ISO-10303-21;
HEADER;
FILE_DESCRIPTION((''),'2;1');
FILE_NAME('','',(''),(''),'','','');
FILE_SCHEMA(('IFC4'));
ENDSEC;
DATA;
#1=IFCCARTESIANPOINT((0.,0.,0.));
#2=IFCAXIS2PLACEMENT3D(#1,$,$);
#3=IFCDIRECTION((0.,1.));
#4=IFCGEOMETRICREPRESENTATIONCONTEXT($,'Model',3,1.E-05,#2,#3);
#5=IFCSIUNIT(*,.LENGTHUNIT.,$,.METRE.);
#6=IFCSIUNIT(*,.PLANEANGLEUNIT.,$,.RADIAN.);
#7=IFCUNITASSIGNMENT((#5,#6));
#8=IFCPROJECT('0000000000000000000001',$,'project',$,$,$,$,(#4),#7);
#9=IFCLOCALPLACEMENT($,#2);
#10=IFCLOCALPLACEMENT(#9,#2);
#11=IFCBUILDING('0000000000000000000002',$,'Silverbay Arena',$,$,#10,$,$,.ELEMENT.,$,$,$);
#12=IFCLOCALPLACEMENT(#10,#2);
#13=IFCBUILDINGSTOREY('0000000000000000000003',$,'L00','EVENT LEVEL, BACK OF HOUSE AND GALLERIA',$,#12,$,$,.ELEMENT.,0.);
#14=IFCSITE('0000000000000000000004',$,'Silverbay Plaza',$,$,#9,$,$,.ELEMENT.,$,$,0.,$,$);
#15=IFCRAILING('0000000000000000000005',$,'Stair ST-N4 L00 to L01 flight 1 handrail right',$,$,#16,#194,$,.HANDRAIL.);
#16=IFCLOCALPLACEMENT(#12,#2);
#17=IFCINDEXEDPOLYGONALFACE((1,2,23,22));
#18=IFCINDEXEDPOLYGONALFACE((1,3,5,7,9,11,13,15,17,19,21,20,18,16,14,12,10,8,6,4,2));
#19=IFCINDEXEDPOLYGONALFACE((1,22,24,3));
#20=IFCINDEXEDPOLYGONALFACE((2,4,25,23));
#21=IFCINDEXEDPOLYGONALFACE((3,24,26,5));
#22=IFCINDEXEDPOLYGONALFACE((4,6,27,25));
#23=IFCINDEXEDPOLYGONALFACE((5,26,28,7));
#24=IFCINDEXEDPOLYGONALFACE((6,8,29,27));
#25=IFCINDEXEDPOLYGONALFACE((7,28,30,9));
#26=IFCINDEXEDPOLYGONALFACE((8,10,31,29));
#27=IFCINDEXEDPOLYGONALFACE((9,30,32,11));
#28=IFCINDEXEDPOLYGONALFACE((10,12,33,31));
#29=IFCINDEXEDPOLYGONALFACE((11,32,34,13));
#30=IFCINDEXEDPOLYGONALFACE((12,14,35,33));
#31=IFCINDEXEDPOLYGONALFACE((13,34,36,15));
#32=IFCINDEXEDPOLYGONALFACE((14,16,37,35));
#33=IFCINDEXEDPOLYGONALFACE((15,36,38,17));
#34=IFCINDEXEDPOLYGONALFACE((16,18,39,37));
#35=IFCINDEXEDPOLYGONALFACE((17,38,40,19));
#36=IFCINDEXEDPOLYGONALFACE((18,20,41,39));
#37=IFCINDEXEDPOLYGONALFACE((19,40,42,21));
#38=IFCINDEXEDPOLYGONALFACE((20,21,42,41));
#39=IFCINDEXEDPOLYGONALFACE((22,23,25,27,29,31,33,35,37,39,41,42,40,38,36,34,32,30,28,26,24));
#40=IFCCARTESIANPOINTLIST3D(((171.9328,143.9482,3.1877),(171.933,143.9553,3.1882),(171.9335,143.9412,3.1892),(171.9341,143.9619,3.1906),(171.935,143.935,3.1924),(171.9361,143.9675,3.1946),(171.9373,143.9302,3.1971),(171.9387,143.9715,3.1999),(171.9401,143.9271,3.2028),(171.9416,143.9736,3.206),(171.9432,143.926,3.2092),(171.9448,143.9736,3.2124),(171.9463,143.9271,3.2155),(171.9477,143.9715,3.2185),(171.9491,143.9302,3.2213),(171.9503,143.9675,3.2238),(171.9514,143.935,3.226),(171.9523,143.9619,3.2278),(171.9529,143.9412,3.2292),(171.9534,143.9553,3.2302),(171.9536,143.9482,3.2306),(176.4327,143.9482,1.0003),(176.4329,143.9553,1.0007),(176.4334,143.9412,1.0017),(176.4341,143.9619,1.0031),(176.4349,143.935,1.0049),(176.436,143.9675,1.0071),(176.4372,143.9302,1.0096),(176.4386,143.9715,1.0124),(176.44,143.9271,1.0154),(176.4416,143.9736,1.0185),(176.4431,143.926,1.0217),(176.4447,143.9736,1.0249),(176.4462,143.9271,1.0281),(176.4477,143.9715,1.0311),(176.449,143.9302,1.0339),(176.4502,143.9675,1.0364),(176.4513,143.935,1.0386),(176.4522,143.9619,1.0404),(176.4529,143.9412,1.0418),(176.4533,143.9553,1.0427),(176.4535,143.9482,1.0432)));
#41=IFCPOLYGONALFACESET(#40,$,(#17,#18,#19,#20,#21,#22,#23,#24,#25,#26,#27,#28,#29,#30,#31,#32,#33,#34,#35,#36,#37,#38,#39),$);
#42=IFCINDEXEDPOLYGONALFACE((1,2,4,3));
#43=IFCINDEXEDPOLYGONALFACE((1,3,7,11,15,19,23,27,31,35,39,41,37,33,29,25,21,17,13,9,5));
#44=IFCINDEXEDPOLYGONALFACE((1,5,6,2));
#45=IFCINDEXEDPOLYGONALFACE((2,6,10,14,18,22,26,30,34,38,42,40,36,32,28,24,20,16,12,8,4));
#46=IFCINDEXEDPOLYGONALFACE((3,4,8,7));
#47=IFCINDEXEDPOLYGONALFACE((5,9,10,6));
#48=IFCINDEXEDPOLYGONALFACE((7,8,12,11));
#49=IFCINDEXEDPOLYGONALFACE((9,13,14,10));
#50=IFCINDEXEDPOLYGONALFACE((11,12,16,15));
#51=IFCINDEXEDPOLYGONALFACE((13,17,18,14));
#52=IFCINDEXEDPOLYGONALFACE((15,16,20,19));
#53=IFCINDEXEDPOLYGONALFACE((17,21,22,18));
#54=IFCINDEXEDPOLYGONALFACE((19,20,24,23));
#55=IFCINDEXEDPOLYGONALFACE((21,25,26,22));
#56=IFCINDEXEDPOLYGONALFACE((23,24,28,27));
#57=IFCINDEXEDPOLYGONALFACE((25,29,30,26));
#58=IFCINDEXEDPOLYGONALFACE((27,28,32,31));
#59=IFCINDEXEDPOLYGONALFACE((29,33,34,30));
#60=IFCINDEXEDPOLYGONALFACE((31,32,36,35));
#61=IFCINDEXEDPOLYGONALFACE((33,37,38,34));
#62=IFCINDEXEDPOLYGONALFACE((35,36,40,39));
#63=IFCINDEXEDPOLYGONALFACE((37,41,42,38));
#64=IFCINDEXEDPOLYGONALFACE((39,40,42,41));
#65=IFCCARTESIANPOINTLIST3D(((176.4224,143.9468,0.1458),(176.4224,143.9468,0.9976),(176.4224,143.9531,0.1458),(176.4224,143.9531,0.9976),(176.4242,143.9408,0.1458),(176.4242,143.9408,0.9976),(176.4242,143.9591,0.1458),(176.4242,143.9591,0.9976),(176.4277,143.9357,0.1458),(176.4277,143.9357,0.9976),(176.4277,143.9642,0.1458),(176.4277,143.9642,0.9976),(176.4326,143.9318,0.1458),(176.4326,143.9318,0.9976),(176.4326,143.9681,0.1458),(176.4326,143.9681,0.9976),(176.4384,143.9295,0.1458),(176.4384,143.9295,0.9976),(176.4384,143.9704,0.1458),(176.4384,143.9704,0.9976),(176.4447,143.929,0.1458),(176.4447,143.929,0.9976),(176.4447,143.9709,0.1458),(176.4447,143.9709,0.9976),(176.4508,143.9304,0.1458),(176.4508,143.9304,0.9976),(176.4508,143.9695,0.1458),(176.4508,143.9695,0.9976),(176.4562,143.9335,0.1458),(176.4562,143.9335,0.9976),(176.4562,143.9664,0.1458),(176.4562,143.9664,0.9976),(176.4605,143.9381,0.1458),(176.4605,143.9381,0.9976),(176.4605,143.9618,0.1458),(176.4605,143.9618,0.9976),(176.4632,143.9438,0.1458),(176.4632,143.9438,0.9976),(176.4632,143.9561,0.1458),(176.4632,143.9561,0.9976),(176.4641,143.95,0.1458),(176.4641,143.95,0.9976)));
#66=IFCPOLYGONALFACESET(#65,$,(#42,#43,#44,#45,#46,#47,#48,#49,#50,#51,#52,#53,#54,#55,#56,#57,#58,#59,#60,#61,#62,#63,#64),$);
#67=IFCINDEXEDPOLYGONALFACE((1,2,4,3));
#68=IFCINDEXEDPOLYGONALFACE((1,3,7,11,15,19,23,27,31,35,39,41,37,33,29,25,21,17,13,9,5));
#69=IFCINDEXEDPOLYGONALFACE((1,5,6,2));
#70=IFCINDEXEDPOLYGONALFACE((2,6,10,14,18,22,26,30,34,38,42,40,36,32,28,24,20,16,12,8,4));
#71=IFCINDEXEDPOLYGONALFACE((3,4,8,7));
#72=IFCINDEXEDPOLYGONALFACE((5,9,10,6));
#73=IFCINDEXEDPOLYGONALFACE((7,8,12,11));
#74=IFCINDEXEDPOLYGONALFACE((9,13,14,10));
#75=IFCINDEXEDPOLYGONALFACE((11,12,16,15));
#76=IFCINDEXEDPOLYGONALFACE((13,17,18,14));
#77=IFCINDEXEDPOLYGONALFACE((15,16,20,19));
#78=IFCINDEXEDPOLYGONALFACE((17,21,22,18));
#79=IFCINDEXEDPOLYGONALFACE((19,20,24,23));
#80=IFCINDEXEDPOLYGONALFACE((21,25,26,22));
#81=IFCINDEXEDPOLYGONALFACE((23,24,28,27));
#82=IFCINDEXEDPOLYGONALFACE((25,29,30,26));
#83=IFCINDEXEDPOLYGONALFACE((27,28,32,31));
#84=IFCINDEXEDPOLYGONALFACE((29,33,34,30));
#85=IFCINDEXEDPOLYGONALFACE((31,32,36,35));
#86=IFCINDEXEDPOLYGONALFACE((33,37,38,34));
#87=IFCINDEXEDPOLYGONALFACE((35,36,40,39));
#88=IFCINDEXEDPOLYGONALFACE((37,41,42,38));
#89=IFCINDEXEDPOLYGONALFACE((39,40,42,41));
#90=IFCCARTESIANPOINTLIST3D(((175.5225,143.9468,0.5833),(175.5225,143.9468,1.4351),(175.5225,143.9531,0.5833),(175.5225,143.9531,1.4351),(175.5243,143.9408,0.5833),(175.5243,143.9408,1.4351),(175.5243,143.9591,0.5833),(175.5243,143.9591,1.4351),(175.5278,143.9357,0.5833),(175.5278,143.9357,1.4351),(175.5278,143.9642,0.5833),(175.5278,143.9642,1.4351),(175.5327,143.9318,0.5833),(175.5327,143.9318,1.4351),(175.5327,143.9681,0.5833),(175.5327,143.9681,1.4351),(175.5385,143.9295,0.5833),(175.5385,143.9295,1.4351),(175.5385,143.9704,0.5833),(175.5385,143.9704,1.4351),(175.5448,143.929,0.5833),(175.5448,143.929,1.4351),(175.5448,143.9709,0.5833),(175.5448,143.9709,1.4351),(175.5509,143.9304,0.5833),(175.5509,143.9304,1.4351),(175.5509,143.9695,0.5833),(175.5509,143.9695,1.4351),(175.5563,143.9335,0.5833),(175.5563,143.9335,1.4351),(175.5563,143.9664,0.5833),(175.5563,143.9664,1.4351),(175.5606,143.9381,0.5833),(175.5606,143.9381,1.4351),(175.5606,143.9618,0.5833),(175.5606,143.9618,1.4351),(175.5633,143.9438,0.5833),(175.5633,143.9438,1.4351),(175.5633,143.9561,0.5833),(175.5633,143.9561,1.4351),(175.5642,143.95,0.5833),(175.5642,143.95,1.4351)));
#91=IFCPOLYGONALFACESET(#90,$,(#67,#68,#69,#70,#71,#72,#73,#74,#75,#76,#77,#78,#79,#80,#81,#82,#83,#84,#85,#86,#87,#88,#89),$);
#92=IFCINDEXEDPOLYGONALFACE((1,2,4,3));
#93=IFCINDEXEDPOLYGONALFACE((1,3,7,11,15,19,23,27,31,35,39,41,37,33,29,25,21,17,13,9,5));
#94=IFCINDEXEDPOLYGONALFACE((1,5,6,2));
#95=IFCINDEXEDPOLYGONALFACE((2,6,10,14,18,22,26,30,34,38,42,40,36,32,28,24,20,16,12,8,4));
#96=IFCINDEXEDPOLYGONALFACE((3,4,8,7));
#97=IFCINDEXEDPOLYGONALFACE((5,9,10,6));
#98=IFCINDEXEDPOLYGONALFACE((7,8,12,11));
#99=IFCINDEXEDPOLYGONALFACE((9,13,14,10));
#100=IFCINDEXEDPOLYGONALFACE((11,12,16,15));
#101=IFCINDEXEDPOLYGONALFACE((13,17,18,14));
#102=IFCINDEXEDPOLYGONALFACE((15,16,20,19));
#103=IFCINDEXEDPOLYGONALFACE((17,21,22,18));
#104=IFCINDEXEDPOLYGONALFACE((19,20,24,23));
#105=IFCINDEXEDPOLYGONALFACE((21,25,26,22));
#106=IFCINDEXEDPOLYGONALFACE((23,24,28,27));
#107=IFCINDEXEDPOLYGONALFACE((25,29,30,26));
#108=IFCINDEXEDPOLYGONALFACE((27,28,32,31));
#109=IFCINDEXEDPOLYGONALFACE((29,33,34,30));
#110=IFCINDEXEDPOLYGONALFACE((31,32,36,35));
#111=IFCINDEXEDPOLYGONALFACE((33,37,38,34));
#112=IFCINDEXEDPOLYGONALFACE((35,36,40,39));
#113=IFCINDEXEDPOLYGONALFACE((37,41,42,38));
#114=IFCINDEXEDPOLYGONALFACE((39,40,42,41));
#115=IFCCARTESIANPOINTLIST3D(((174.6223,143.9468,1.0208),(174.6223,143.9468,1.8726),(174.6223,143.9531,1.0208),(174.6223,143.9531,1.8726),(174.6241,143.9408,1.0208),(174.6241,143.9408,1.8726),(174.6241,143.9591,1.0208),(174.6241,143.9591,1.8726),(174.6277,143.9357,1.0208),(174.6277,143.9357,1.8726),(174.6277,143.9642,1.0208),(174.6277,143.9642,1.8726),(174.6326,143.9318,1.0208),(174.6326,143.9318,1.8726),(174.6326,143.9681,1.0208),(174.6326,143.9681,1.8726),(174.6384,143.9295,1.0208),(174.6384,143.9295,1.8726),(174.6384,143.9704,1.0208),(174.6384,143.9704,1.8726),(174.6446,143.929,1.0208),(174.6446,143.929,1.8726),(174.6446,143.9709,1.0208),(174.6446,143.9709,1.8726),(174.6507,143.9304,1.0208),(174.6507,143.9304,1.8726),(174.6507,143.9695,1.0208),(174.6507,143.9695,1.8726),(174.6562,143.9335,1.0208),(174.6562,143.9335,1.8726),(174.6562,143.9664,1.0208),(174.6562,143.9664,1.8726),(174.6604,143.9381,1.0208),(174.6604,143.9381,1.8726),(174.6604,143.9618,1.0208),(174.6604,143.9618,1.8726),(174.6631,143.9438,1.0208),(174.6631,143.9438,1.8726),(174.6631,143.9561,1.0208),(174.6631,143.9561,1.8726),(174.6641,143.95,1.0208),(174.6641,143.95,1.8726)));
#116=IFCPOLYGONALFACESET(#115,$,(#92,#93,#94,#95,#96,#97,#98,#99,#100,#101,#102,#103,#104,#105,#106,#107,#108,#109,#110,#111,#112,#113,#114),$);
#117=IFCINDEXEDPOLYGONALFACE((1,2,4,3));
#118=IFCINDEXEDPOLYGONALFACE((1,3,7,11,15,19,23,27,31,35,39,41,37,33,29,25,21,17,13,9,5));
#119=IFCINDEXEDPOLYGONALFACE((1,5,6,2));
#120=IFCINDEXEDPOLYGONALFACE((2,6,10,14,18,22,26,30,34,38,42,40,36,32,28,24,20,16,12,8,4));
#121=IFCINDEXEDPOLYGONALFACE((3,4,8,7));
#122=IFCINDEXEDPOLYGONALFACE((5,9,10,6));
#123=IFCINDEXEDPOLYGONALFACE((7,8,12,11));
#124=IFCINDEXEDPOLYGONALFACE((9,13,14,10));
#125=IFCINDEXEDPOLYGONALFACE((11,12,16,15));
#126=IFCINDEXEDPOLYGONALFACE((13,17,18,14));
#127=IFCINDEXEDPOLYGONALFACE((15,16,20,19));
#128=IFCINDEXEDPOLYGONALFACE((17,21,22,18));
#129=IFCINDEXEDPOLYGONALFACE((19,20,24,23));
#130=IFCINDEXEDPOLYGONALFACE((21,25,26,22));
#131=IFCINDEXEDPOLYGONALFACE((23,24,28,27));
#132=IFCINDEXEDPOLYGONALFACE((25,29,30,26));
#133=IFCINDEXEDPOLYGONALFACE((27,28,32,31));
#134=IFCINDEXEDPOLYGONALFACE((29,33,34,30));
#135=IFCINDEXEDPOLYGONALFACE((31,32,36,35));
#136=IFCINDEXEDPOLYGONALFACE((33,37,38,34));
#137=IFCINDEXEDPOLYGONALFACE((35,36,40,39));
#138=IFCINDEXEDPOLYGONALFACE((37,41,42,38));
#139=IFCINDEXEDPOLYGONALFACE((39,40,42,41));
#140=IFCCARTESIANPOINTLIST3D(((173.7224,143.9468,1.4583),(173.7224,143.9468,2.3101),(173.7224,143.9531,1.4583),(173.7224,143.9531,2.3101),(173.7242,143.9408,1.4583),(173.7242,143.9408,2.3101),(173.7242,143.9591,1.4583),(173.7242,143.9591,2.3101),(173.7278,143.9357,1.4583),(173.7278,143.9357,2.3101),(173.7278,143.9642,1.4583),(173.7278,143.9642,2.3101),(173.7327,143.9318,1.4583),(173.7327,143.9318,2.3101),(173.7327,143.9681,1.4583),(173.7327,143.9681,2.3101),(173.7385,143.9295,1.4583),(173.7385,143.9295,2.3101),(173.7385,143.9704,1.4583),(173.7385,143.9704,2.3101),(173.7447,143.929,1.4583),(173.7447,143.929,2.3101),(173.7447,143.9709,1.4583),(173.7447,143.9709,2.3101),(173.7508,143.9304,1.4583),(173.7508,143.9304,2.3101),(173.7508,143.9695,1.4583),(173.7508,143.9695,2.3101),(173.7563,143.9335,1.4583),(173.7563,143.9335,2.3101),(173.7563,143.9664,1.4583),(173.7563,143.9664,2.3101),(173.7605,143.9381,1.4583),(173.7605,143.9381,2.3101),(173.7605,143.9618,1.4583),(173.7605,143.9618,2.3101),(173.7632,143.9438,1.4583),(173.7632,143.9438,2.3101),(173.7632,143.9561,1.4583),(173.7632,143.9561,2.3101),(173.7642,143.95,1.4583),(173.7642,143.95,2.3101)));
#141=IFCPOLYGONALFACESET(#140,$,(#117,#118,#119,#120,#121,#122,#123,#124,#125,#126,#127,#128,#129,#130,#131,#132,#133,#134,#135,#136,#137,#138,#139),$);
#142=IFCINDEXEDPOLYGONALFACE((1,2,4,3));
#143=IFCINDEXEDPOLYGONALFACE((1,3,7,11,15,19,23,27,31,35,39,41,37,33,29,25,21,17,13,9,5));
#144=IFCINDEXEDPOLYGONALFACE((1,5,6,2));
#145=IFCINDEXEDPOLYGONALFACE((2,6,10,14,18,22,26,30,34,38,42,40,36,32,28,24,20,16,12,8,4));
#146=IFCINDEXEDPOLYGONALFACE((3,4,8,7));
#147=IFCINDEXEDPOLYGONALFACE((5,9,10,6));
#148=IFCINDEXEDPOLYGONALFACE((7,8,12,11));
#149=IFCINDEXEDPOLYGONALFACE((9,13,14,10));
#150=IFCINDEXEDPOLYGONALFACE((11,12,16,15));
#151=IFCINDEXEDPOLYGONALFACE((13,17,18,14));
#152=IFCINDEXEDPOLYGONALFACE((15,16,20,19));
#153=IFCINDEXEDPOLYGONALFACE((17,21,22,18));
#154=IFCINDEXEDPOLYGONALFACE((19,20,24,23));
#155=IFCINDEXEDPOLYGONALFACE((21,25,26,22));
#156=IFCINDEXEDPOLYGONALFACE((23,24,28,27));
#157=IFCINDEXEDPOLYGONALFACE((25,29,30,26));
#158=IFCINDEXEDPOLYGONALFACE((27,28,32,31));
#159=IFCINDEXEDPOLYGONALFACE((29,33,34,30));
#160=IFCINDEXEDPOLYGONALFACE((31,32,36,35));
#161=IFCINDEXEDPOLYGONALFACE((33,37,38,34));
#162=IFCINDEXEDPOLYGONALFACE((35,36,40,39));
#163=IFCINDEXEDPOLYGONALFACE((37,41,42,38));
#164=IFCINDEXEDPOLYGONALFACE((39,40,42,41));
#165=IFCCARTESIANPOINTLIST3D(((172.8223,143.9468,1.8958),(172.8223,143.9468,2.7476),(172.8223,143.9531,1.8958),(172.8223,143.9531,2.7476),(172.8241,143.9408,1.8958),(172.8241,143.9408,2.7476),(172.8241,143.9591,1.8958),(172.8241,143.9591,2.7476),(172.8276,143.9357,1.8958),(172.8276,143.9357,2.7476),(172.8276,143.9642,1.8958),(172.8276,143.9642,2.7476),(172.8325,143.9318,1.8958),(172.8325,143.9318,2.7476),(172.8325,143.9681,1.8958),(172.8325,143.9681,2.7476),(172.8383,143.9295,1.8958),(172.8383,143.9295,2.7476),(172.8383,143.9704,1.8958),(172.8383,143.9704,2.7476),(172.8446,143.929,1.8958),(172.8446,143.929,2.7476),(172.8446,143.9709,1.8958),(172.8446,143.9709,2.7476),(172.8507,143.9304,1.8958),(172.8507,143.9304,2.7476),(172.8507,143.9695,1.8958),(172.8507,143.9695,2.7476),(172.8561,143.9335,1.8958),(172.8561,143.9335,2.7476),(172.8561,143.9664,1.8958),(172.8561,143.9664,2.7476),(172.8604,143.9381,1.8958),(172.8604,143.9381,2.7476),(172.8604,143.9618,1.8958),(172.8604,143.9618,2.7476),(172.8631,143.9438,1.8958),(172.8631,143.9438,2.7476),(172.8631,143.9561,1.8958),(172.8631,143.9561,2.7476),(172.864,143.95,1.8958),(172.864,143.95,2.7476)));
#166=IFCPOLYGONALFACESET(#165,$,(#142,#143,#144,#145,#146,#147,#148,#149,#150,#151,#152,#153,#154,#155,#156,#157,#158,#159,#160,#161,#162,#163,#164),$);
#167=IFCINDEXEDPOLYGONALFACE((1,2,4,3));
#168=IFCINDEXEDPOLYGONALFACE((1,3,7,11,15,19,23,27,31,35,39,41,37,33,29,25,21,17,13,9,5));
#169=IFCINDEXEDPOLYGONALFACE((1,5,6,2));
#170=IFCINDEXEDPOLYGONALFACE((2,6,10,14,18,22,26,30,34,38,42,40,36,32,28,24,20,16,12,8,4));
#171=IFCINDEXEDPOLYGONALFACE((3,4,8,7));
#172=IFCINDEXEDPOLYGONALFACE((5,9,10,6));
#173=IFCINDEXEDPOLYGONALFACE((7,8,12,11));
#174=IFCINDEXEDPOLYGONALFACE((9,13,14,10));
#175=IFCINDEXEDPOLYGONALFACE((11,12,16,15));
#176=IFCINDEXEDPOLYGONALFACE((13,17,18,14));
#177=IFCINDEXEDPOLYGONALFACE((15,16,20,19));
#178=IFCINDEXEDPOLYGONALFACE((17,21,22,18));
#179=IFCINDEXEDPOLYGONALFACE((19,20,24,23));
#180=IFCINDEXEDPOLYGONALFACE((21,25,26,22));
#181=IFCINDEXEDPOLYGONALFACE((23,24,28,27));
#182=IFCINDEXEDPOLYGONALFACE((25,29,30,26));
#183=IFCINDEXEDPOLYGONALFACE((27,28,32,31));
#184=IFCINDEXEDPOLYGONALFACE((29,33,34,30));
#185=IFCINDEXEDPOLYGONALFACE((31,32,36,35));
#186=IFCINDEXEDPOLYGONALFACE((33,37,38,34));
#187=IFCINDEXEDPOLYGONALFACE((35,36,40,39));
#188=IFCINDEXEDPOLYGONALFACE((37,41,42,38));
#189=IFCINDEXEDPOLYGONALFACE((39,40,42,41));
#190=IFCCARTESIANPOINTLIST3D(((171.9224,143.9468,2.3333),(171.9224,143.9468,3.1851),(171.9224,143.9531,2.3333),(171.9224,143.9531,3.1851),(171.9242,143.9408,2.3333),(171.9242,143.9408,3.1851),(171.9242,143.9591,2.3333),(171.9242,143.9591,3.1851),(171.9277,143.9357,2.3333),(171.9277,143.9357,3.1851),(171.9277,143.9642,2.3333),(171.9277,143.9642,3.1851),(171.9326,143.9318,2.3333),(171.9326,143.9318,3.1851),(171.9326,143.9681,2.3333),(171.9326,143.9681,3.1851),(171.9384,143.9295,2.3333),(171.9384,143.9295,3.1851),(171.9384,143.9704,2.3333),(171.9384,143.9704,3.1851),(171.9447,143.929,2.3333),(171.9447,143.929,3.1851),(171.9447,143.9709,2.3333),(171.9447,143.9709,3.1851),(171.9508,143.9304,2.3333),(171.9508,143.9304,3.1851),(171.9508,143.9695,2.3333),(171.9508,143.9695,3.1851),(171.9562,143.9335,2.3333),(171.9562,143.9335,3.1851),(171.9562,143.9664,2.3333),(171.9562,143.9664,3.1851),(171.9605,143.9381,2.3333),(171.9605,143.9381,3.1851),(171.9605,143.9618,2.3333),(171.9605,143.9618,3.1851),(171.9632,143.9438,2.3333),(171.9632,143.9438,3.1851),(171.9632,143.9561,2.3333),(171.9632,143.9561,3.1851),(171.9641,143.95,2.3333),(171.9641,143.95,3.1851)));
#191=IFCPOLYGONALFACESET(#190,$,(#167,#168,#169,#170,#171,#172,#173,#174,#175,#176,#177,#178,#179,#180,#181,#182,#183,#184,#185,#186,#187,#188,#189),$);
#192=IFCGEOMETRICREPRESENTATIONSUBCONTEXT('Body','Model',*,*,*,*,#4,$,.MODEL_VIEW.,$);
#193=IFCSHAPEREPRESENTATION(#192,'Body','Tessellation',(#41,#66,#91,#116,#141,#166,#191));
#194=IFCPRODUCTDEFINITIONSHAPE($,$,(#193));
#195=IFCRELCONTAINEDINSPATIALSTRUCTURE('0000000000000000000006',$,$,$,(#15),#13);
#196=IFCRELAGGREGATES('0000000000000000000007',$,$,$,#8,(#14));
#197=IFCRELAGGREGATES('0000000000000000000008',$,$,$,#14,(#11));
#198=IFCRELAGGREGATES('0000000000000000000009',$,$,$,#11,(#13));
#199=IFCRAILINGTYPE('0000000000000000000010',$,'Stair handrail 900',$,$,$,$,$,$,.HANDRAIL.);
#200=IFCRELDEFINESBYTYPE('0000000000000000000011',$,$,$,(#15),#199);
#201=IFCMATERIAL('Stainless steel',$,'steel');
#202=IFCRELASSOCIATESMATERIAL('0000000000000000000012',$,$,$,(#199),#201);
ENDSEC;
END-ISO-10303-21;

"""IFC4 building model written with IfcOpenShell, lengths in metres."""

from ifc_helpers import new_model, si_unit, direction, frame, origin, origin_2d, place, context, subcontext, project, spatial, circle, extrude, material, type_object, element, save


model = new_model("IFC4")

# Units and contexts
model_context = context("Model", 3, precision=1e-05, world=origin(), true_north=direction((0.0, 1.0)))
body_context = subcontext(model_context, "Body", "Model", "MODEL_VIEW")
ifc_project = project(units=[si_unit("LENGTHUNIT", "METRE"), si_unit("PLANEANGLEUNIT", "RADIAN")], contexts=[model_context])

# Site, building, storey
site_placement = place(None, origin())
site = spatial("IfcSite", under=ifc_project, at=site_placement, Name="Silverbay Plaza", CompositionType="ELEMENT", RefElevation=0.0)
building_placement = place(site_placement, origin())
building = spatial("IfcBuilding", under=site, at=building_placement, Name="Silverbay Arena", CompositionType="ELEMENT")
storey_placement = place(building_placement, origin())
storey = spatial("IfcBuildingStorey", under=building, at=storey_placement, Name="L00", Description="EVENT LEVEL, BACK OF HOUSE AND GALLERIA", CompositionType="ELEMENT", Elevation=0.0)

# Railing
ifc_material_1 = material(Name="Stainless steel", Category="steel")
railing_type_1 = type_object("IfcRailingType", Name="Stair handrail 900", PredefinedType="HANDRAIL", material=ifc_material_1)
for number, where, name in (
    (1, (176.4431, 143.95, 0.1458), "Stair ST-N4 L00 to L01 flight 1 handrail right"),
):
    element("IfcRailing", number, at=place(storey_placement, frame(where)), inside=storey, type_object=railing_type_1, Name=name, PredefinedType="HANDRAIL", context=body_context, shape_type="SweptSolid", body=[
        extrude(circle(Radius=0.0239, at=origin_2d()), frame((0.0, 0.0, 0.876), z_axis=(-0.899368, 0.0, 0.437193), x_axis=(0.0, -1.0, 0.0)), (0.0, 0.0, 1.0), 5.0034),
        extrude(circle(Radius=0.021, at=origin_2d()), origin(), (0.0, 0.0, 1.0), 0.8518),
        extrude(circle(Radius=0.021, at=origin_2d()), frame((-0.8999, 0.0, 0.4375)), (0.0, 0.0, 1.0), 0.8518),
        extrude(circle(Radius=0.021, at=origin_2d()), frame((-1.8, 0.0, 0.875)), (0.0, 0.0, 1.0), 0.8518),
        extrude(circle(Radius=0.021, at=origin_2d()), frame((-2.7, 0.0, 1.3125)), (0.0, 0.0, 1.0), 0.8518),
        extrude(circle(Radius=0.021, at=origin_2d()), frame((-3.6001, 0.0, 1.75)), (0.0, 0.0, 1.0), 0.8518),
        extrude(circle(Radius=0.021, at=origin_2d()), frame((-4.5, 0.0, 2.1875)), (0.0, 0.0, 1.0), 0.8518),
    ])

save(model, "model.ifc")
